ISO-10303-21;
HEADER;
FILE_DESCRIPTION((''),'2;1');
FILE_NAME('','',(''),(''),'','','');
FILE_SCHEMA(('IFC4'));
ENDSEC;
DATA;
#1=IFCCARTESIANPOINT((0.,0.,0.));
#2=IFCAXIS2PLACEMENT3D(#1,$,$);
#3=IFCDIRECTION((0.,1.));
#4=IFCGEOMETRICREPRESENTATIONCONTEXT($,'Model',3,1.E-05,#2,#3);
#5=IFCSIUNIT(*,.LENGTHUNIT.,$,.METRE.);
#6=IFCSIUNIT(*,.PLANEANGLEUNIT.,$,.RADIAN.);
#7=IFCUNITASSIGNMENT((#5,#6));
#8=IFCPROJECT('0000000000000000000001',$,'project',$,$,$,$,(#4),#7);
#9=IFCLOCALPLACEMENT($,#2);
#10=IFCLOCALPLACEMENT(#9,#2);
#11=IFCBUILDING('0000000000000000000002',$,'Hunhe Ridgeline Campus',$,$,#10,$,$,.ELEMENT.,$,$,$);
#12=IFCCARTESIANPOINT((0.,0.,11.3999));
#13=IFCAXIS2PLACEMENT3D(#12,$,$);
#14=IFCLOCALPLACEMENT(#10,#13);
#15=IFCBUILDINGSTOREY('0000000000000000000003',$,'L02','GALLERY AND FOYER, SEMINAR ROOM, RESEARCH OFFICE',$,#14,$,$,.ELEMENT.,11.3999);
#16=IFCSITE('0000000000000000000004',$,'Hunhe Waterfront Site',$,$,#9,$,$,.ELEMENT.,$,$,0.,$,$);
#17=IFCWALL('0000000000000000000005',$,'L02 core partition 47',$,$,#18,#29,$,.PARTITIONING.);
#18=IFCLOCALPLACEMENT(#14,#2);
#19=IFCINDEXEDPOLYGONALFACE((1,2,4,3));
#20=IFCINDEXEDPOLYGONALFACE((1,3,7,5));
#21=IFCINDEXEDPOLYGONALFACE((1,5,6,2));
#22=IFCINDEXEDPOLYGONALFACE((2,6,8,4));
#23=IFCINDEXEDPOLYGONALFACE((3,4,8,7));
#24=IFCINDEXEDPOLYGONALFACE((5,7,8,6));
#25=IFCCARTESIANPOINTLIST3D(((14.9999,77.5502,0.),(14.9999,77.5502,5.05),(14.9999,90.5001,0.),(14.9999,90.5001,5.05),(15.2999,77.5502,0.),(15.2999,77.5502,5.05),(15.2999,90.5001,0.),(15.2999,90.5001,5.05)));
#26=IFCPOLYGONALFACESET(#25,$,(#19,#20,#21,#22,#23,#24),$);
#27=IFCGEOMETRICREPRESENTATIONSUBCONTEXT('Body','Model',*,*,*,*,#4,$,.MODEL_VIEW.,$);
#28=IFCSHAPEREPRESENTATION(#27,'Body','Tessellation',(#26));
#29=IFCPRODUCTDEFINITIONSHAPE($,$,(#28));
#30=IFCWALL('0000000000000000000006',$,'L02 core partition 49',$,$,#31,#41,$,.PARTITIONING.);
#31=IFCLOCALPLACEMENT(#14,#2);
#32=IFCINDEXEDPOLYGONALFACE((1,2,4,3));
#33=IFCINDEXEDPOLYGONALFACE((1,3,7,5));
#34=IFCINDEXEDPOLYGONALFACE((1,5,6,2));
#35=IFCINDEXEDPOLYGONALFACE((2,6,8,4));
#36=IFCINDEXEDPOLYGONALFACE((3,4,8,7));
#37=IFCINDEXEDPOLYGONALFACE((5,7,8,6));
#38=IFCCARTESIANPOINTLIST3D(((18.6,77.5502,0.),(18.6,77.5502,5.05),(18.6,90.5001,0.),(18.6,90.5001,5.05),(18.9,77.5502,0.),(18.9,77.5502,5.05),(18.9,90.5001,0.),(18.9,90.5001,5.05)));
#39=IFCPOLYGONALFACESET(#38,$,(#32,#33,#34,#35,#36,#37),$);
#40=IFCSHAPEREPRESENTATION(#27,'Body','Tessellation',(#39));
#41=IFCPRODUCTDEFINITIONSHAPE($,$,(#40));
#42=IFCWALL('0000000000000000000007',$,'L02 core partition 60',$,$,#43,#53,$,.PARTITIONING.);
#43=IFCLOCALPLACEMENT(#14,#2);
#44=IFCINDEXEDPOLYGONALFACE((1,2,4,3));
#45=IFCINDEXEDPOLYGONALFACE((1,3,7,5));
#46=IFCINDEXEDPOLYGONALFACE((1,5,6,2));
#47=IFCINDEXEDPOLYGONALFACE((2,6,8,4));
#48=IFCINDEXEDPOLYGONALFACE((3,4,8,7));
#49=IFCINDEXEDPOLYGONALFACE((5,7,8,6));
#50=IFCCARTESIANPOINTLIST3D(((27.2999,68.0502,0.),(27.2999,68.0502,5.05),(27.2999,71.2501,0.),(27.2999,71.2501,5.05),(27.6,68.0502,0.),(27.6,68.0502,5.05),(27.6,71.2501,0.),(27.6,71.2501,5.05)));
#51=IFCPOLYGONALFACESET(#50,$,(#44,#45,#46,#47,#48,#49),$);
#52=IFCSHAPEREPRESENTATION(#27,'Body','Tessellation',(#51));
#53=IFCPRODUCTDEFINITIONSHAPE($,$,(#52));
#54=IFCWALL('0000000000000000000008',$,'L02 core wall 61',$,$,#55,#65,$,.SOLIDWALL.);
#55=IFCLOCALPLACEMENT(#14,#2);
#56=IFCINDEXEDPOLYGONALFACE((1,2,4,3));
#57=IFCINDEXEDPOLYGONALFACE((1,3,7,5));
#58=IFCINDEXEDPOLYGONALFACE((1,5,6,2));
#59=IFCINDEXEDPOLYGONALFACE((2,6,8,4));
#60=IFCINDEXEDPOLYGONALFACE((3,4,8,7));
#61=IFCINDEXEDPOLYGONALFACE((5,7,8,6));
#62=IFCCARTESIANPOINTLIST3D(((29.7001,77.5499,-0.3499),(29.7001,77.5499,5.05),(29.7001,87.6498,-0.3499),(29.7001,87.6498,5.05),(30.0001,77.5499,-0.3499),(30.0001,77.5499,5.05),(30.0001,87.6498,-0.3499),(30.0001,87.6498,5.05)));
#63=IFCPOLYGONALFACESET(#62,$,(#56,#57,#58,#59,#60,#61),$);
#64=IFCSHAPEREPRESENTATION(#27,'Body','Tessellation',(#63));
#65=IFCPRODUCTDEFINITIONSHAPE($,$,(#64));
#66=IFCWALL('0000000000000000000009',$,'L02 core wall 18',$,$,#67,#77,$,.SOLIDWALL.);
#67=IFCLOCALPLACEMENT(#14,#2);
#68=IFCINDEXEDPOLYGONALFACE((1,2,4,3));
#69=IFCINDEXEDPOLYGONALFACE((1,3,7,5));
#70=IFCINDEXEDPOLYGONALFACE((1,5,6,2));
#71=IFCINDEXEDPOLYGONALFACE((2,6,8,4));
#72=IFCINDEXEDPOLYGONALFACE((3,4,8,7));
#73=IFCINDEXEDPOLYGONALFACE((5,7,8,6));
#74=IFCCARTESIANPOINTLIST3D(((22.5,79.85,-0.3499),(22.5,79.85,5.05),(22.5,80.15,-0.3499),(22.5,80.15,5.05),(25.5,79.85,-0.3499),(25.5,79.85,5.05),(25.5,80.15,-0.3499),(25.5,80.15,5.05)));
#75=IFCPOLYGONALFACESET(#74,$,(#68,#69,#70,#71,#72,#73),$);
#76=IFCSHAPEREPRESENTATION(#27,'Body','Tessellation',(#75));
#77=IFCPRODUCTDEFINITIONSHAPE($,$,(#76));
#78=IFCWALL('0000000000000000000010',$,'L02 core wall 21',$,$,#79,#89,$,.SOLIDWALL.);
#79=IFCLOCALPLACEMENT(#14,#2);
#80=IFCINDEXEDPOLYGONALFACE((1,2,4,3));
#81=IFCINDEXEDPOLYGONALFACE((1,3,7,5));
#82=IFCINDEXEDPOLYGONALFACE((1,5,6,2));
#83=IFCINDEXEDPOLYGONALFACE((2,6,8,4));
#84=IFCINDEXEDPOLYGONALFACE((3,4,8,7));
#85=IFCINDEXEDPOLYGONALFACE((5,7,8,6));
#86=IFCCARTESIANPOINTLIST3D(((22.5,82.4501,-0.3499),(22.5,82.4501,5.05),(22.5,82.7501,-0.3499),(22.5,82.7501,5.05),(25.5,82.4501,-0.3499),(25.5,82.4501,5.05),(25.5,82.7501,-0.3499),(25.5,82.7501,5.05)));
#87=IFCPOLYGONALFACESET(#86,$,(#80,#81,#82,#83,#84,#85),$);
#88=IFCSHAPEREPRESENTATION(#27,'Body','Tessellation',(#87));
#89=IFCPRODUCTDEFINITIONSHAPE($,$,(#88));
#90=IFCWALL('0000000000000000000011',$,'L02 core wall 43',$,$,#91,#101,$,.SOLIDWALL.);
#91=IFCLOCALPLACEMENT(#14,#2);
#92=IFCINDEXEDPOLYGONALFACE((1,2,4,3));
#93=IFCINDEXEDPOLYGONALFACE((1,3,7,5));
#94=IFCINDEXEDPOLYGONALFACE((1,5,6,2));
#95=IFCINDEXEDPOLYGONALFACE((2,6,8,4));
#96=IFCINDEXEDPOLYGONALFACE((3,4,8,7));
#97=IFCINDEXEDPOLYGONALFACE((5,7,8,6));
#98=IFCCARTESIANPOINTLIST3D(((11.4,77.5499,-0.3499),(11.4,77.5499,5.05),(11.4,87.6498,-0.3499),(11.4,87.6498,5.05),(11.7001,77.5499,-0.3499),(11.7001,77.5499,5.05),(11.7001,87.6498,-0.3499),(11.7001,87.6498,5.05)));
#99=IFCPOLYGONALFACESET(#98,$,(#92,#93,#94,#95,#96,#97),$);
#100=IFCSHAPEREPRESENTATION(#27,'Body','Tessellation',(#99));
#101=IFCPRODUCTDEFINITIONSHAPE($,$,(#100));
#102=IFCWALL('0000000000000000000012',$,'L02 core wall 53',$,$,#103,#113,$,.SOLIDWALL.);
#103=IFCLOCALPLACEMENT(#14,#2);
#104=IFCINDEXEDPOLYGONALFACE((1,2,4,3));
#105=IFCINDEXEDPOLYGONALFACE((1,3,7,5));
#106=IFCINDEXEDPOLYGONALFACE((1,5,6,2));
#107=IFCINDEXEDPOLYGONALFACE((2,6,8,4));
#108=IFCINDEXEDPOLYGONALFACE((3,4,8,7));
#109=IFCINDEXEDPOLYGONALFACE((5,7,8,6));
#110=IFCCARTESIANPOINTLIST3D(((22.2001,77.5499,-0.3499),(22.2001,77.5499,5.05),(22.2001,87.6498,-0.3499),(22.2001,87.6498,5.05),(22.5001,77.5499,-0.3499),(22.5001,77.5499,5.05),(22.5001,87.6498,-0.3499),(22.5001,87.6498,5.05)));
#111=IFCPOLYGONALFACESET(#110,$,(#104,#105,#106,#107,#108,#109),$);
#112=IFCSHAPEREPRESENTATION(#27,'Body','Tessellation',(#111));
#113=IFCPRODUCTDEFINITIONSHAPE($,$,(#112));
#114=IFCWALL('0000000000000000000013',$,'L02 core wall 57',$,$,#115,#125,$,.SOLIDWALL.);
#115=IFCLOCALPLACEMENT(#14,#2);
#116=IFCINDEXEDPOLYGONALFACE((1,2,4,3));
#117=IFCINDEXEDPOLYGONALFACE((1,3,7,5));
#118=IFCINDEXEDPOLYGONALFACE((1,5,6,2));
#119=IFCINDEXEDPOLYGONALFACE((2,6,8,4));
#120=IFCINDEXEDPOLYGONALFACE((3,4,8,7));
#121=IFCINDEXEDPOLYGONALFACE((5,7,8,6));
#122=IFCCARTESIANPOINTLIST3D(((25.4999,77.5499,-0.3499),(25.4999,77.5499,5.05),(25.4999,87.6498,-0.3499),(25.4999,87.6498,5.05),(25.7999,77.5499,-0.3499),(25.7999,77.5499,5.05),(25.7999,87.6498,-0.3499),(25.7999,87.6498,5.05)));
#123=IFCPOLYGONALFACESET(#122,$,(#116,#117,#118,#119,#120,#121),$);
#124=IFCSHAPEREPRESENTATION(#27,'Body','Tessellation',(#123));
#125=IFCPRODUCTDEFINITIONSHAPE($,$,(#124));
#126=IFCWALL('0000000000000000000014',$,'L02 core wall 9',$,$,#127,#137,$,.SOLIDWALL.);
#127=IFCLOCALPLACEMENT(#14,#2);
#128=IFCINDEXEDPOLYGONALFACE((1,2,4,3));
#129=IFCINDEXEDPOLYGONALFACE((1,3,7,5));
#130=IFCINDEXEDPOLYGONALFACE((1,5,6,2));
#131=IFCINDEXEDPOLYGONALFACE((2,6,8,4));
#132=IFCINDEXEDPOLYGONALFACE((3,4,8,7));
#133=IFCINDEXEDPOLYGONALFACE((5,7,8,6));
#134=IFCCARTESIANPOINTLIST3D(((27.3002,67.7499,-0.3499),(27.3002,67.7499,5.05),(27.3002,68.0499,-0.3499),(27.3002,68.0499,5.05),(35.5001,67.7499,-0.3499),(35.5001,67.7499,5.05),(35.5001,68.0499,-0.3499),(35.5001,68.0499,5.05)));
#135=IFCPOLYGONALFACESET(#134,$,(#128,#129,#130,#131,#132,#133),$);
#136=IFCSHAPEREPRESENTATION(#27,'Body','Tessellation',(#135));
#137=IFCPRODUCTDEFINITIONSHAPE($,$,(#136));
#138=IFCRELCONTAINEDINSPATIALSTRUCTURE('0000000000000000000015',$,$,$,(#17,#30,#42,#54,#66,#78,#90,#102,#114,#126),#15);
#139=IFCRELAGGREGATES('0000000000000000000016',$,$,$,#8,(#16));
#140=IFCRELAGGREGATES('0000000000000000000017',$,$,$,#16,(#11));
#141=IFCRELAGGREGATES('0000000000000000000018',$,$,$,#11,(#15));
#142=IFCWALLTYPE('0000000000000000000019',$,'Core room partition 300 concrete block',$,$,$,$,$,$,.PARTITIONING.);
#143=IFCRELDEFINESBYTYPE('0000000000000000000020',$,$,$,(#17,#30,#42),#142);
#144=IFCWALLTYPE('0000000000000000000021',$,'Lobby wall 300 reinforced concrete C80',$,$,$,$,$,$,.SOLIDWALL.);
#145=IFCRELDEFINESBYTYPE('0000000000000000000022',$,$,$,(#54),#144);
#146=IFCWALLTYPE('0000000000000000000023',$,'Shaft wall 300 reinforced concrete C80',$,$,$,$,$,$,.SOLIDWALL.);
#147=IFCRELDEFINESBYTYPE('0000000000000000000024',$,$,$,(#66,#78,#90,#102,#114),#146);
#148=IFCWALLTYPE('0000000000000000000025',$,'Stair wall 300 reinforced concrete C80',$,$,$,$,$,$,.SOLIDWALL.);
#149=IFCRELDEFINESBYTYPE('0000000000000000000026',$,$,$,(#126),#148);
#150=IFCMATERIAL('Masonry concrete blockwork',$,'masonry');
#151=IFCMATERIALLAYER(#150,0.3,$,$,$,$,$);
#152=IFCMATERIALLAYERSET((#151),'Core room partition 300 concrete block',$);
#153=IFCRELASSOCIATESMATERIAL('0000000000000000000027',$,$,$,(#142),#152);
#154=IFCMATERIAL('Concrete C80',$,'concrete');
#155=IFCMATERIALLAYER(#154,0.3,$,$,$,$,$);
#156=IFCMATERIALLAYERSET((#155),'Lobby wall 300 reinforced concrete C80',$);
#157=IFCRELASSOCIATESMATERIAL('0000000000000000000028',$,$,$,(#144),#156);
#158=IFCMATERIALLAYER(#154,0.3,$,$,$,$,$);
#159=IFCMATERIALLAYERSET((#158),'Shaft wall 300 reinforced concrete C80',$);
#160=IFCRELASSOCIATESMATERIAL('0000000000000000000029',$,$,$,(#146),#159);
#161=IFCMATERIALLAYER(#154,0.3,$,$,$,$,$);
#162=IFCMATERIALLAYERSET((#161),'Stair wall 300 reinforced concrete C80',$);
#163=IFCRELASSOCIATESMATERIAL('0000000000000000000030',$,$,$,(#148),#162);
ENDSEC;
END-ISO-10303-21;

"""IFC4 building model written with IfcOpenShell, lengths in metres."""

from ifc_helpers import new_model, si_unit, direction, frame, frame_2d, origin, place, context, subcontext, project, spatial, rectangle, extrude, material, layer, layer_set, type_object, element, save


model = new_model("IFC4")

# Units and contexts
model_context = context("Model", 3, precision=1e-05, world=origin(), true_north=direction((0.0, 1.0)))
body_context = subcontext(model_context, "Body", "Model", "MODEL_VIEW")
ifc_project = project(units=[si_unit("LENGTHUNIT", "METRE"), si_unit("PLANEANGLEUNIT", "RADIAN")], contexts=[model_context])

# Site, building, storey
site_placement = place(None, origin())
site = spatial("IfcSite", under=ifc_project, at=site_placement, Name="Hunhe Waterfront Site", CompositionType="ELEMENT", RefElevation=0.0)
building_placement = place(site_placement, origin())
building = spatial("IfcBuilding", under=site, at=building_placement, Name="Hunhe Ridgeline Campus", CompositionType="ELEMENT")
storey_placement = place(building_placement, frame((0.0, 0.0, 11.3999)))
storey = spatial("IfcBuildingStorey", under=building, at=storey_placement, Name="L02", Description="GALLERY AND FOYER, SEMINAR ROOM, RESEARCH OFFICE", CompositionType="ELEMENT", Elevation=11.3999)

# Shared definitions
ifc_material_1 = material(Name="Masonry concrete blockwork", Category="masonry")
ifc_layer_1 = layer(ifc_material_1, 0.3)
ifc_layer_set_1 = layer_set([ifc_layer_1], Name="Core room partition 300 concrete block")
wall_type_1 = type_object("IfcWallType", Name="Core room partition 300 concrete block", PredefinedType="PARTITIONING", material=ifc_layer_set_1)

# Walls
for number, where, z_axis, x_axis, name in (
    (1, (15.1499, 77.55, 0.0), (0.0, 0.0, 1.0), (0.0, 1.0, 0.0), "L02 core partition 47"),
    (2, (18.75, 77.55, 0.0), (0.0, 0.0, 1.0), (0.0, 1.0, 0.0), "L02 core partition 49"),
):
    element("IfcWall", number, at=place(storey_placement, frame(where, z_axis=z_axis, x_axis=x_axis)), inside=storey, type_object=wall_type_1, Name=name, PredefinedType="PARTITIONING", context=body_context, shape_type="SweptSolid", body=[
        extrude(rectangle(XDim=12.95, YDim=0.3, at=frame_2d((6.4751, 0.0))), origin(), (0.0, 0.0, 1.0), 5.05),
    ])
wall_1_placement = place(storey_placement, frame((27.45, 68.05, 0.0), z_axis=(0.0, 0.0, 1.0), x_axis=(0.0, 1.0, 0.0)))
element("IfcWall", 3, at=wall_1_placement, inside=storey, type_object=wall_type_1, Name="L02 core partition 60", PredefinedType="PARTITIONING", context=body_context, shape_type="SweptSolid", body=[
    extrude(rectangle(XDim=3.2, YDim=0.3, at=frame_2d((1.6001, 0.0))), origin(), (0.0, 0.0, 1.0), 5.05),
])
ifc_material_2 = material(Name="Concrete C80", Category="concrete")
ifc_layer_2 = layer(ifc_material_2, 0.3)
ifc_layer_set_2 = layer_set([ifc_layer_2], Name="Lobby wall 300 reinforced concrete C80")
wall_type_2 = type_object("IfcWallType", Name="Lobby wall 300 reinforced concrete C80", PredefinedType="SOLIDWALL", material=ifc_layer_set_2)
wall_2_placement = place(storey_placement, frame((29.8501, 77.55, -0.3499), z_axis=(0.0, 0.0, 1.0), x_axis=(0.0, 1.0, 0.0)))
element("IfcWall", 4, at=wall_2_placement, inside=storey, type_object=wall_type_2, Name="L02 core wall 61", PredefinedType="SOLIDWALL", context=body_context, shape_type="SweptSolid", body=[
    extrude(rectangle(XDim=10.0999, YDim=0.3, at=frame_2d((5.0498, 0.0))), origin(), (0.0, 0.0, 1.0), 5.3999),
])
ifc_layer_3 = layer(ifc_material_2, 0.3)
ifc_layer_set_3 = layer_set([ifc_layer_3], Name="Shaft wall 300 reinforced concrete C80")
wall_type_3 = type_object("IfcWallType", Name="Shaft wall 300 reinforced concrete C80", PredefinedType="SOLIDWALL", material=ifc_layer_set_3)
for number, where, z_axis, x_axis, name in (
    (5, (22.5, 80.0, -0.3499), (0.0, 0.0, 1.0), (1.0, 0.0, 0.0), "L02 core wall 18"),
    (6, (22.5, 82.6001, -0.3499), (0.0, 0.0, 1.0), (1.0, 0.0, 0.0), "L02 core wall 21"),
):
    element("IfcWall", number, at=place(storey_placement, frame(where, z_axis=z_axis, x_axis=x_axis)), inside=storey, type_object=wall_type_3, Name=name, PredefinedType="SOLIDWALL", context=body_context, shape_type="SweptSolid", body=[
        extrude(rectangle(XDim=3.0, YDim=0.3, at=frame_2d((1.5, 0.0))), origin(), (0.0, 0.0, 1.0), 5.3999),
    ])
for number, where, z_axis, x_axis, name in (
    (7, (11.55, 77.55, -0.3499), (0.0, 0.0, 1.0), (0.0, 1.0, 0.0), "L02 core wall 43"),
    (8, (22.3501, 77.55, -0.3499), (0.0, 0.0, 1.0), (0.0, 1.0, 0.0), "L02 core wall 53"),
    (9, (25.6499, 77.55, -0.3499), (0.0, 0.0, 1.0), (0.0, 1.0, 0.0), "L02 core wall 57"),
):
    element("IfcWall", number, at=place(storey_placement, frame(where, z_axis=z_axis, x_axis=x_axis)), inside=storey, type_object=wall_type_3, Name=name, PredefinedType="SOLIDWALL", context=body_context, shape_type="SweptSolid", body=[
        extrude(rectangle(XDim=10.0999, YDim=0.3, at=frame_2d((5.0498, 0.0))), origin(), (0.0, 0.0, 1.0), 5.3999),
    ])
ifc_layer_4 = layer(ifc_material_2, 0.3)
ifc_layer_set_4 = layer_set([ifc_layer_4], Name="Stair wall 300 reinforced concrete C80")
wall_type_4 = type_object("IfcWallType", Name="Stair wall 300 reinforced concrete C80", PredefinedType="SOLIDWALL", material=ifc_layer_set_4)
wall_3_placement = place(storey_placement, frame((27.3, 67.8999, -0.3499), z_axis=(0.0, 0.0, 1.0), x_axis=(1.0, 0.0, 0.0)))
element("IfcWall", 10, at=wall_3_placement, inside=storey, type_object=wall_type_4, Name="L02 core wall 9", PredefinedType="SOLIDWALL", context=body_context, shape_type="SweptSolid", body=[
    extrude(rectangle(XDim=8.2, YDim=0.3, at=frame_2d((4.1001, 0.0))), origin(), (0.0, 0.0, 1.0), 5.3999),
])

save(model, "model.ifc")
